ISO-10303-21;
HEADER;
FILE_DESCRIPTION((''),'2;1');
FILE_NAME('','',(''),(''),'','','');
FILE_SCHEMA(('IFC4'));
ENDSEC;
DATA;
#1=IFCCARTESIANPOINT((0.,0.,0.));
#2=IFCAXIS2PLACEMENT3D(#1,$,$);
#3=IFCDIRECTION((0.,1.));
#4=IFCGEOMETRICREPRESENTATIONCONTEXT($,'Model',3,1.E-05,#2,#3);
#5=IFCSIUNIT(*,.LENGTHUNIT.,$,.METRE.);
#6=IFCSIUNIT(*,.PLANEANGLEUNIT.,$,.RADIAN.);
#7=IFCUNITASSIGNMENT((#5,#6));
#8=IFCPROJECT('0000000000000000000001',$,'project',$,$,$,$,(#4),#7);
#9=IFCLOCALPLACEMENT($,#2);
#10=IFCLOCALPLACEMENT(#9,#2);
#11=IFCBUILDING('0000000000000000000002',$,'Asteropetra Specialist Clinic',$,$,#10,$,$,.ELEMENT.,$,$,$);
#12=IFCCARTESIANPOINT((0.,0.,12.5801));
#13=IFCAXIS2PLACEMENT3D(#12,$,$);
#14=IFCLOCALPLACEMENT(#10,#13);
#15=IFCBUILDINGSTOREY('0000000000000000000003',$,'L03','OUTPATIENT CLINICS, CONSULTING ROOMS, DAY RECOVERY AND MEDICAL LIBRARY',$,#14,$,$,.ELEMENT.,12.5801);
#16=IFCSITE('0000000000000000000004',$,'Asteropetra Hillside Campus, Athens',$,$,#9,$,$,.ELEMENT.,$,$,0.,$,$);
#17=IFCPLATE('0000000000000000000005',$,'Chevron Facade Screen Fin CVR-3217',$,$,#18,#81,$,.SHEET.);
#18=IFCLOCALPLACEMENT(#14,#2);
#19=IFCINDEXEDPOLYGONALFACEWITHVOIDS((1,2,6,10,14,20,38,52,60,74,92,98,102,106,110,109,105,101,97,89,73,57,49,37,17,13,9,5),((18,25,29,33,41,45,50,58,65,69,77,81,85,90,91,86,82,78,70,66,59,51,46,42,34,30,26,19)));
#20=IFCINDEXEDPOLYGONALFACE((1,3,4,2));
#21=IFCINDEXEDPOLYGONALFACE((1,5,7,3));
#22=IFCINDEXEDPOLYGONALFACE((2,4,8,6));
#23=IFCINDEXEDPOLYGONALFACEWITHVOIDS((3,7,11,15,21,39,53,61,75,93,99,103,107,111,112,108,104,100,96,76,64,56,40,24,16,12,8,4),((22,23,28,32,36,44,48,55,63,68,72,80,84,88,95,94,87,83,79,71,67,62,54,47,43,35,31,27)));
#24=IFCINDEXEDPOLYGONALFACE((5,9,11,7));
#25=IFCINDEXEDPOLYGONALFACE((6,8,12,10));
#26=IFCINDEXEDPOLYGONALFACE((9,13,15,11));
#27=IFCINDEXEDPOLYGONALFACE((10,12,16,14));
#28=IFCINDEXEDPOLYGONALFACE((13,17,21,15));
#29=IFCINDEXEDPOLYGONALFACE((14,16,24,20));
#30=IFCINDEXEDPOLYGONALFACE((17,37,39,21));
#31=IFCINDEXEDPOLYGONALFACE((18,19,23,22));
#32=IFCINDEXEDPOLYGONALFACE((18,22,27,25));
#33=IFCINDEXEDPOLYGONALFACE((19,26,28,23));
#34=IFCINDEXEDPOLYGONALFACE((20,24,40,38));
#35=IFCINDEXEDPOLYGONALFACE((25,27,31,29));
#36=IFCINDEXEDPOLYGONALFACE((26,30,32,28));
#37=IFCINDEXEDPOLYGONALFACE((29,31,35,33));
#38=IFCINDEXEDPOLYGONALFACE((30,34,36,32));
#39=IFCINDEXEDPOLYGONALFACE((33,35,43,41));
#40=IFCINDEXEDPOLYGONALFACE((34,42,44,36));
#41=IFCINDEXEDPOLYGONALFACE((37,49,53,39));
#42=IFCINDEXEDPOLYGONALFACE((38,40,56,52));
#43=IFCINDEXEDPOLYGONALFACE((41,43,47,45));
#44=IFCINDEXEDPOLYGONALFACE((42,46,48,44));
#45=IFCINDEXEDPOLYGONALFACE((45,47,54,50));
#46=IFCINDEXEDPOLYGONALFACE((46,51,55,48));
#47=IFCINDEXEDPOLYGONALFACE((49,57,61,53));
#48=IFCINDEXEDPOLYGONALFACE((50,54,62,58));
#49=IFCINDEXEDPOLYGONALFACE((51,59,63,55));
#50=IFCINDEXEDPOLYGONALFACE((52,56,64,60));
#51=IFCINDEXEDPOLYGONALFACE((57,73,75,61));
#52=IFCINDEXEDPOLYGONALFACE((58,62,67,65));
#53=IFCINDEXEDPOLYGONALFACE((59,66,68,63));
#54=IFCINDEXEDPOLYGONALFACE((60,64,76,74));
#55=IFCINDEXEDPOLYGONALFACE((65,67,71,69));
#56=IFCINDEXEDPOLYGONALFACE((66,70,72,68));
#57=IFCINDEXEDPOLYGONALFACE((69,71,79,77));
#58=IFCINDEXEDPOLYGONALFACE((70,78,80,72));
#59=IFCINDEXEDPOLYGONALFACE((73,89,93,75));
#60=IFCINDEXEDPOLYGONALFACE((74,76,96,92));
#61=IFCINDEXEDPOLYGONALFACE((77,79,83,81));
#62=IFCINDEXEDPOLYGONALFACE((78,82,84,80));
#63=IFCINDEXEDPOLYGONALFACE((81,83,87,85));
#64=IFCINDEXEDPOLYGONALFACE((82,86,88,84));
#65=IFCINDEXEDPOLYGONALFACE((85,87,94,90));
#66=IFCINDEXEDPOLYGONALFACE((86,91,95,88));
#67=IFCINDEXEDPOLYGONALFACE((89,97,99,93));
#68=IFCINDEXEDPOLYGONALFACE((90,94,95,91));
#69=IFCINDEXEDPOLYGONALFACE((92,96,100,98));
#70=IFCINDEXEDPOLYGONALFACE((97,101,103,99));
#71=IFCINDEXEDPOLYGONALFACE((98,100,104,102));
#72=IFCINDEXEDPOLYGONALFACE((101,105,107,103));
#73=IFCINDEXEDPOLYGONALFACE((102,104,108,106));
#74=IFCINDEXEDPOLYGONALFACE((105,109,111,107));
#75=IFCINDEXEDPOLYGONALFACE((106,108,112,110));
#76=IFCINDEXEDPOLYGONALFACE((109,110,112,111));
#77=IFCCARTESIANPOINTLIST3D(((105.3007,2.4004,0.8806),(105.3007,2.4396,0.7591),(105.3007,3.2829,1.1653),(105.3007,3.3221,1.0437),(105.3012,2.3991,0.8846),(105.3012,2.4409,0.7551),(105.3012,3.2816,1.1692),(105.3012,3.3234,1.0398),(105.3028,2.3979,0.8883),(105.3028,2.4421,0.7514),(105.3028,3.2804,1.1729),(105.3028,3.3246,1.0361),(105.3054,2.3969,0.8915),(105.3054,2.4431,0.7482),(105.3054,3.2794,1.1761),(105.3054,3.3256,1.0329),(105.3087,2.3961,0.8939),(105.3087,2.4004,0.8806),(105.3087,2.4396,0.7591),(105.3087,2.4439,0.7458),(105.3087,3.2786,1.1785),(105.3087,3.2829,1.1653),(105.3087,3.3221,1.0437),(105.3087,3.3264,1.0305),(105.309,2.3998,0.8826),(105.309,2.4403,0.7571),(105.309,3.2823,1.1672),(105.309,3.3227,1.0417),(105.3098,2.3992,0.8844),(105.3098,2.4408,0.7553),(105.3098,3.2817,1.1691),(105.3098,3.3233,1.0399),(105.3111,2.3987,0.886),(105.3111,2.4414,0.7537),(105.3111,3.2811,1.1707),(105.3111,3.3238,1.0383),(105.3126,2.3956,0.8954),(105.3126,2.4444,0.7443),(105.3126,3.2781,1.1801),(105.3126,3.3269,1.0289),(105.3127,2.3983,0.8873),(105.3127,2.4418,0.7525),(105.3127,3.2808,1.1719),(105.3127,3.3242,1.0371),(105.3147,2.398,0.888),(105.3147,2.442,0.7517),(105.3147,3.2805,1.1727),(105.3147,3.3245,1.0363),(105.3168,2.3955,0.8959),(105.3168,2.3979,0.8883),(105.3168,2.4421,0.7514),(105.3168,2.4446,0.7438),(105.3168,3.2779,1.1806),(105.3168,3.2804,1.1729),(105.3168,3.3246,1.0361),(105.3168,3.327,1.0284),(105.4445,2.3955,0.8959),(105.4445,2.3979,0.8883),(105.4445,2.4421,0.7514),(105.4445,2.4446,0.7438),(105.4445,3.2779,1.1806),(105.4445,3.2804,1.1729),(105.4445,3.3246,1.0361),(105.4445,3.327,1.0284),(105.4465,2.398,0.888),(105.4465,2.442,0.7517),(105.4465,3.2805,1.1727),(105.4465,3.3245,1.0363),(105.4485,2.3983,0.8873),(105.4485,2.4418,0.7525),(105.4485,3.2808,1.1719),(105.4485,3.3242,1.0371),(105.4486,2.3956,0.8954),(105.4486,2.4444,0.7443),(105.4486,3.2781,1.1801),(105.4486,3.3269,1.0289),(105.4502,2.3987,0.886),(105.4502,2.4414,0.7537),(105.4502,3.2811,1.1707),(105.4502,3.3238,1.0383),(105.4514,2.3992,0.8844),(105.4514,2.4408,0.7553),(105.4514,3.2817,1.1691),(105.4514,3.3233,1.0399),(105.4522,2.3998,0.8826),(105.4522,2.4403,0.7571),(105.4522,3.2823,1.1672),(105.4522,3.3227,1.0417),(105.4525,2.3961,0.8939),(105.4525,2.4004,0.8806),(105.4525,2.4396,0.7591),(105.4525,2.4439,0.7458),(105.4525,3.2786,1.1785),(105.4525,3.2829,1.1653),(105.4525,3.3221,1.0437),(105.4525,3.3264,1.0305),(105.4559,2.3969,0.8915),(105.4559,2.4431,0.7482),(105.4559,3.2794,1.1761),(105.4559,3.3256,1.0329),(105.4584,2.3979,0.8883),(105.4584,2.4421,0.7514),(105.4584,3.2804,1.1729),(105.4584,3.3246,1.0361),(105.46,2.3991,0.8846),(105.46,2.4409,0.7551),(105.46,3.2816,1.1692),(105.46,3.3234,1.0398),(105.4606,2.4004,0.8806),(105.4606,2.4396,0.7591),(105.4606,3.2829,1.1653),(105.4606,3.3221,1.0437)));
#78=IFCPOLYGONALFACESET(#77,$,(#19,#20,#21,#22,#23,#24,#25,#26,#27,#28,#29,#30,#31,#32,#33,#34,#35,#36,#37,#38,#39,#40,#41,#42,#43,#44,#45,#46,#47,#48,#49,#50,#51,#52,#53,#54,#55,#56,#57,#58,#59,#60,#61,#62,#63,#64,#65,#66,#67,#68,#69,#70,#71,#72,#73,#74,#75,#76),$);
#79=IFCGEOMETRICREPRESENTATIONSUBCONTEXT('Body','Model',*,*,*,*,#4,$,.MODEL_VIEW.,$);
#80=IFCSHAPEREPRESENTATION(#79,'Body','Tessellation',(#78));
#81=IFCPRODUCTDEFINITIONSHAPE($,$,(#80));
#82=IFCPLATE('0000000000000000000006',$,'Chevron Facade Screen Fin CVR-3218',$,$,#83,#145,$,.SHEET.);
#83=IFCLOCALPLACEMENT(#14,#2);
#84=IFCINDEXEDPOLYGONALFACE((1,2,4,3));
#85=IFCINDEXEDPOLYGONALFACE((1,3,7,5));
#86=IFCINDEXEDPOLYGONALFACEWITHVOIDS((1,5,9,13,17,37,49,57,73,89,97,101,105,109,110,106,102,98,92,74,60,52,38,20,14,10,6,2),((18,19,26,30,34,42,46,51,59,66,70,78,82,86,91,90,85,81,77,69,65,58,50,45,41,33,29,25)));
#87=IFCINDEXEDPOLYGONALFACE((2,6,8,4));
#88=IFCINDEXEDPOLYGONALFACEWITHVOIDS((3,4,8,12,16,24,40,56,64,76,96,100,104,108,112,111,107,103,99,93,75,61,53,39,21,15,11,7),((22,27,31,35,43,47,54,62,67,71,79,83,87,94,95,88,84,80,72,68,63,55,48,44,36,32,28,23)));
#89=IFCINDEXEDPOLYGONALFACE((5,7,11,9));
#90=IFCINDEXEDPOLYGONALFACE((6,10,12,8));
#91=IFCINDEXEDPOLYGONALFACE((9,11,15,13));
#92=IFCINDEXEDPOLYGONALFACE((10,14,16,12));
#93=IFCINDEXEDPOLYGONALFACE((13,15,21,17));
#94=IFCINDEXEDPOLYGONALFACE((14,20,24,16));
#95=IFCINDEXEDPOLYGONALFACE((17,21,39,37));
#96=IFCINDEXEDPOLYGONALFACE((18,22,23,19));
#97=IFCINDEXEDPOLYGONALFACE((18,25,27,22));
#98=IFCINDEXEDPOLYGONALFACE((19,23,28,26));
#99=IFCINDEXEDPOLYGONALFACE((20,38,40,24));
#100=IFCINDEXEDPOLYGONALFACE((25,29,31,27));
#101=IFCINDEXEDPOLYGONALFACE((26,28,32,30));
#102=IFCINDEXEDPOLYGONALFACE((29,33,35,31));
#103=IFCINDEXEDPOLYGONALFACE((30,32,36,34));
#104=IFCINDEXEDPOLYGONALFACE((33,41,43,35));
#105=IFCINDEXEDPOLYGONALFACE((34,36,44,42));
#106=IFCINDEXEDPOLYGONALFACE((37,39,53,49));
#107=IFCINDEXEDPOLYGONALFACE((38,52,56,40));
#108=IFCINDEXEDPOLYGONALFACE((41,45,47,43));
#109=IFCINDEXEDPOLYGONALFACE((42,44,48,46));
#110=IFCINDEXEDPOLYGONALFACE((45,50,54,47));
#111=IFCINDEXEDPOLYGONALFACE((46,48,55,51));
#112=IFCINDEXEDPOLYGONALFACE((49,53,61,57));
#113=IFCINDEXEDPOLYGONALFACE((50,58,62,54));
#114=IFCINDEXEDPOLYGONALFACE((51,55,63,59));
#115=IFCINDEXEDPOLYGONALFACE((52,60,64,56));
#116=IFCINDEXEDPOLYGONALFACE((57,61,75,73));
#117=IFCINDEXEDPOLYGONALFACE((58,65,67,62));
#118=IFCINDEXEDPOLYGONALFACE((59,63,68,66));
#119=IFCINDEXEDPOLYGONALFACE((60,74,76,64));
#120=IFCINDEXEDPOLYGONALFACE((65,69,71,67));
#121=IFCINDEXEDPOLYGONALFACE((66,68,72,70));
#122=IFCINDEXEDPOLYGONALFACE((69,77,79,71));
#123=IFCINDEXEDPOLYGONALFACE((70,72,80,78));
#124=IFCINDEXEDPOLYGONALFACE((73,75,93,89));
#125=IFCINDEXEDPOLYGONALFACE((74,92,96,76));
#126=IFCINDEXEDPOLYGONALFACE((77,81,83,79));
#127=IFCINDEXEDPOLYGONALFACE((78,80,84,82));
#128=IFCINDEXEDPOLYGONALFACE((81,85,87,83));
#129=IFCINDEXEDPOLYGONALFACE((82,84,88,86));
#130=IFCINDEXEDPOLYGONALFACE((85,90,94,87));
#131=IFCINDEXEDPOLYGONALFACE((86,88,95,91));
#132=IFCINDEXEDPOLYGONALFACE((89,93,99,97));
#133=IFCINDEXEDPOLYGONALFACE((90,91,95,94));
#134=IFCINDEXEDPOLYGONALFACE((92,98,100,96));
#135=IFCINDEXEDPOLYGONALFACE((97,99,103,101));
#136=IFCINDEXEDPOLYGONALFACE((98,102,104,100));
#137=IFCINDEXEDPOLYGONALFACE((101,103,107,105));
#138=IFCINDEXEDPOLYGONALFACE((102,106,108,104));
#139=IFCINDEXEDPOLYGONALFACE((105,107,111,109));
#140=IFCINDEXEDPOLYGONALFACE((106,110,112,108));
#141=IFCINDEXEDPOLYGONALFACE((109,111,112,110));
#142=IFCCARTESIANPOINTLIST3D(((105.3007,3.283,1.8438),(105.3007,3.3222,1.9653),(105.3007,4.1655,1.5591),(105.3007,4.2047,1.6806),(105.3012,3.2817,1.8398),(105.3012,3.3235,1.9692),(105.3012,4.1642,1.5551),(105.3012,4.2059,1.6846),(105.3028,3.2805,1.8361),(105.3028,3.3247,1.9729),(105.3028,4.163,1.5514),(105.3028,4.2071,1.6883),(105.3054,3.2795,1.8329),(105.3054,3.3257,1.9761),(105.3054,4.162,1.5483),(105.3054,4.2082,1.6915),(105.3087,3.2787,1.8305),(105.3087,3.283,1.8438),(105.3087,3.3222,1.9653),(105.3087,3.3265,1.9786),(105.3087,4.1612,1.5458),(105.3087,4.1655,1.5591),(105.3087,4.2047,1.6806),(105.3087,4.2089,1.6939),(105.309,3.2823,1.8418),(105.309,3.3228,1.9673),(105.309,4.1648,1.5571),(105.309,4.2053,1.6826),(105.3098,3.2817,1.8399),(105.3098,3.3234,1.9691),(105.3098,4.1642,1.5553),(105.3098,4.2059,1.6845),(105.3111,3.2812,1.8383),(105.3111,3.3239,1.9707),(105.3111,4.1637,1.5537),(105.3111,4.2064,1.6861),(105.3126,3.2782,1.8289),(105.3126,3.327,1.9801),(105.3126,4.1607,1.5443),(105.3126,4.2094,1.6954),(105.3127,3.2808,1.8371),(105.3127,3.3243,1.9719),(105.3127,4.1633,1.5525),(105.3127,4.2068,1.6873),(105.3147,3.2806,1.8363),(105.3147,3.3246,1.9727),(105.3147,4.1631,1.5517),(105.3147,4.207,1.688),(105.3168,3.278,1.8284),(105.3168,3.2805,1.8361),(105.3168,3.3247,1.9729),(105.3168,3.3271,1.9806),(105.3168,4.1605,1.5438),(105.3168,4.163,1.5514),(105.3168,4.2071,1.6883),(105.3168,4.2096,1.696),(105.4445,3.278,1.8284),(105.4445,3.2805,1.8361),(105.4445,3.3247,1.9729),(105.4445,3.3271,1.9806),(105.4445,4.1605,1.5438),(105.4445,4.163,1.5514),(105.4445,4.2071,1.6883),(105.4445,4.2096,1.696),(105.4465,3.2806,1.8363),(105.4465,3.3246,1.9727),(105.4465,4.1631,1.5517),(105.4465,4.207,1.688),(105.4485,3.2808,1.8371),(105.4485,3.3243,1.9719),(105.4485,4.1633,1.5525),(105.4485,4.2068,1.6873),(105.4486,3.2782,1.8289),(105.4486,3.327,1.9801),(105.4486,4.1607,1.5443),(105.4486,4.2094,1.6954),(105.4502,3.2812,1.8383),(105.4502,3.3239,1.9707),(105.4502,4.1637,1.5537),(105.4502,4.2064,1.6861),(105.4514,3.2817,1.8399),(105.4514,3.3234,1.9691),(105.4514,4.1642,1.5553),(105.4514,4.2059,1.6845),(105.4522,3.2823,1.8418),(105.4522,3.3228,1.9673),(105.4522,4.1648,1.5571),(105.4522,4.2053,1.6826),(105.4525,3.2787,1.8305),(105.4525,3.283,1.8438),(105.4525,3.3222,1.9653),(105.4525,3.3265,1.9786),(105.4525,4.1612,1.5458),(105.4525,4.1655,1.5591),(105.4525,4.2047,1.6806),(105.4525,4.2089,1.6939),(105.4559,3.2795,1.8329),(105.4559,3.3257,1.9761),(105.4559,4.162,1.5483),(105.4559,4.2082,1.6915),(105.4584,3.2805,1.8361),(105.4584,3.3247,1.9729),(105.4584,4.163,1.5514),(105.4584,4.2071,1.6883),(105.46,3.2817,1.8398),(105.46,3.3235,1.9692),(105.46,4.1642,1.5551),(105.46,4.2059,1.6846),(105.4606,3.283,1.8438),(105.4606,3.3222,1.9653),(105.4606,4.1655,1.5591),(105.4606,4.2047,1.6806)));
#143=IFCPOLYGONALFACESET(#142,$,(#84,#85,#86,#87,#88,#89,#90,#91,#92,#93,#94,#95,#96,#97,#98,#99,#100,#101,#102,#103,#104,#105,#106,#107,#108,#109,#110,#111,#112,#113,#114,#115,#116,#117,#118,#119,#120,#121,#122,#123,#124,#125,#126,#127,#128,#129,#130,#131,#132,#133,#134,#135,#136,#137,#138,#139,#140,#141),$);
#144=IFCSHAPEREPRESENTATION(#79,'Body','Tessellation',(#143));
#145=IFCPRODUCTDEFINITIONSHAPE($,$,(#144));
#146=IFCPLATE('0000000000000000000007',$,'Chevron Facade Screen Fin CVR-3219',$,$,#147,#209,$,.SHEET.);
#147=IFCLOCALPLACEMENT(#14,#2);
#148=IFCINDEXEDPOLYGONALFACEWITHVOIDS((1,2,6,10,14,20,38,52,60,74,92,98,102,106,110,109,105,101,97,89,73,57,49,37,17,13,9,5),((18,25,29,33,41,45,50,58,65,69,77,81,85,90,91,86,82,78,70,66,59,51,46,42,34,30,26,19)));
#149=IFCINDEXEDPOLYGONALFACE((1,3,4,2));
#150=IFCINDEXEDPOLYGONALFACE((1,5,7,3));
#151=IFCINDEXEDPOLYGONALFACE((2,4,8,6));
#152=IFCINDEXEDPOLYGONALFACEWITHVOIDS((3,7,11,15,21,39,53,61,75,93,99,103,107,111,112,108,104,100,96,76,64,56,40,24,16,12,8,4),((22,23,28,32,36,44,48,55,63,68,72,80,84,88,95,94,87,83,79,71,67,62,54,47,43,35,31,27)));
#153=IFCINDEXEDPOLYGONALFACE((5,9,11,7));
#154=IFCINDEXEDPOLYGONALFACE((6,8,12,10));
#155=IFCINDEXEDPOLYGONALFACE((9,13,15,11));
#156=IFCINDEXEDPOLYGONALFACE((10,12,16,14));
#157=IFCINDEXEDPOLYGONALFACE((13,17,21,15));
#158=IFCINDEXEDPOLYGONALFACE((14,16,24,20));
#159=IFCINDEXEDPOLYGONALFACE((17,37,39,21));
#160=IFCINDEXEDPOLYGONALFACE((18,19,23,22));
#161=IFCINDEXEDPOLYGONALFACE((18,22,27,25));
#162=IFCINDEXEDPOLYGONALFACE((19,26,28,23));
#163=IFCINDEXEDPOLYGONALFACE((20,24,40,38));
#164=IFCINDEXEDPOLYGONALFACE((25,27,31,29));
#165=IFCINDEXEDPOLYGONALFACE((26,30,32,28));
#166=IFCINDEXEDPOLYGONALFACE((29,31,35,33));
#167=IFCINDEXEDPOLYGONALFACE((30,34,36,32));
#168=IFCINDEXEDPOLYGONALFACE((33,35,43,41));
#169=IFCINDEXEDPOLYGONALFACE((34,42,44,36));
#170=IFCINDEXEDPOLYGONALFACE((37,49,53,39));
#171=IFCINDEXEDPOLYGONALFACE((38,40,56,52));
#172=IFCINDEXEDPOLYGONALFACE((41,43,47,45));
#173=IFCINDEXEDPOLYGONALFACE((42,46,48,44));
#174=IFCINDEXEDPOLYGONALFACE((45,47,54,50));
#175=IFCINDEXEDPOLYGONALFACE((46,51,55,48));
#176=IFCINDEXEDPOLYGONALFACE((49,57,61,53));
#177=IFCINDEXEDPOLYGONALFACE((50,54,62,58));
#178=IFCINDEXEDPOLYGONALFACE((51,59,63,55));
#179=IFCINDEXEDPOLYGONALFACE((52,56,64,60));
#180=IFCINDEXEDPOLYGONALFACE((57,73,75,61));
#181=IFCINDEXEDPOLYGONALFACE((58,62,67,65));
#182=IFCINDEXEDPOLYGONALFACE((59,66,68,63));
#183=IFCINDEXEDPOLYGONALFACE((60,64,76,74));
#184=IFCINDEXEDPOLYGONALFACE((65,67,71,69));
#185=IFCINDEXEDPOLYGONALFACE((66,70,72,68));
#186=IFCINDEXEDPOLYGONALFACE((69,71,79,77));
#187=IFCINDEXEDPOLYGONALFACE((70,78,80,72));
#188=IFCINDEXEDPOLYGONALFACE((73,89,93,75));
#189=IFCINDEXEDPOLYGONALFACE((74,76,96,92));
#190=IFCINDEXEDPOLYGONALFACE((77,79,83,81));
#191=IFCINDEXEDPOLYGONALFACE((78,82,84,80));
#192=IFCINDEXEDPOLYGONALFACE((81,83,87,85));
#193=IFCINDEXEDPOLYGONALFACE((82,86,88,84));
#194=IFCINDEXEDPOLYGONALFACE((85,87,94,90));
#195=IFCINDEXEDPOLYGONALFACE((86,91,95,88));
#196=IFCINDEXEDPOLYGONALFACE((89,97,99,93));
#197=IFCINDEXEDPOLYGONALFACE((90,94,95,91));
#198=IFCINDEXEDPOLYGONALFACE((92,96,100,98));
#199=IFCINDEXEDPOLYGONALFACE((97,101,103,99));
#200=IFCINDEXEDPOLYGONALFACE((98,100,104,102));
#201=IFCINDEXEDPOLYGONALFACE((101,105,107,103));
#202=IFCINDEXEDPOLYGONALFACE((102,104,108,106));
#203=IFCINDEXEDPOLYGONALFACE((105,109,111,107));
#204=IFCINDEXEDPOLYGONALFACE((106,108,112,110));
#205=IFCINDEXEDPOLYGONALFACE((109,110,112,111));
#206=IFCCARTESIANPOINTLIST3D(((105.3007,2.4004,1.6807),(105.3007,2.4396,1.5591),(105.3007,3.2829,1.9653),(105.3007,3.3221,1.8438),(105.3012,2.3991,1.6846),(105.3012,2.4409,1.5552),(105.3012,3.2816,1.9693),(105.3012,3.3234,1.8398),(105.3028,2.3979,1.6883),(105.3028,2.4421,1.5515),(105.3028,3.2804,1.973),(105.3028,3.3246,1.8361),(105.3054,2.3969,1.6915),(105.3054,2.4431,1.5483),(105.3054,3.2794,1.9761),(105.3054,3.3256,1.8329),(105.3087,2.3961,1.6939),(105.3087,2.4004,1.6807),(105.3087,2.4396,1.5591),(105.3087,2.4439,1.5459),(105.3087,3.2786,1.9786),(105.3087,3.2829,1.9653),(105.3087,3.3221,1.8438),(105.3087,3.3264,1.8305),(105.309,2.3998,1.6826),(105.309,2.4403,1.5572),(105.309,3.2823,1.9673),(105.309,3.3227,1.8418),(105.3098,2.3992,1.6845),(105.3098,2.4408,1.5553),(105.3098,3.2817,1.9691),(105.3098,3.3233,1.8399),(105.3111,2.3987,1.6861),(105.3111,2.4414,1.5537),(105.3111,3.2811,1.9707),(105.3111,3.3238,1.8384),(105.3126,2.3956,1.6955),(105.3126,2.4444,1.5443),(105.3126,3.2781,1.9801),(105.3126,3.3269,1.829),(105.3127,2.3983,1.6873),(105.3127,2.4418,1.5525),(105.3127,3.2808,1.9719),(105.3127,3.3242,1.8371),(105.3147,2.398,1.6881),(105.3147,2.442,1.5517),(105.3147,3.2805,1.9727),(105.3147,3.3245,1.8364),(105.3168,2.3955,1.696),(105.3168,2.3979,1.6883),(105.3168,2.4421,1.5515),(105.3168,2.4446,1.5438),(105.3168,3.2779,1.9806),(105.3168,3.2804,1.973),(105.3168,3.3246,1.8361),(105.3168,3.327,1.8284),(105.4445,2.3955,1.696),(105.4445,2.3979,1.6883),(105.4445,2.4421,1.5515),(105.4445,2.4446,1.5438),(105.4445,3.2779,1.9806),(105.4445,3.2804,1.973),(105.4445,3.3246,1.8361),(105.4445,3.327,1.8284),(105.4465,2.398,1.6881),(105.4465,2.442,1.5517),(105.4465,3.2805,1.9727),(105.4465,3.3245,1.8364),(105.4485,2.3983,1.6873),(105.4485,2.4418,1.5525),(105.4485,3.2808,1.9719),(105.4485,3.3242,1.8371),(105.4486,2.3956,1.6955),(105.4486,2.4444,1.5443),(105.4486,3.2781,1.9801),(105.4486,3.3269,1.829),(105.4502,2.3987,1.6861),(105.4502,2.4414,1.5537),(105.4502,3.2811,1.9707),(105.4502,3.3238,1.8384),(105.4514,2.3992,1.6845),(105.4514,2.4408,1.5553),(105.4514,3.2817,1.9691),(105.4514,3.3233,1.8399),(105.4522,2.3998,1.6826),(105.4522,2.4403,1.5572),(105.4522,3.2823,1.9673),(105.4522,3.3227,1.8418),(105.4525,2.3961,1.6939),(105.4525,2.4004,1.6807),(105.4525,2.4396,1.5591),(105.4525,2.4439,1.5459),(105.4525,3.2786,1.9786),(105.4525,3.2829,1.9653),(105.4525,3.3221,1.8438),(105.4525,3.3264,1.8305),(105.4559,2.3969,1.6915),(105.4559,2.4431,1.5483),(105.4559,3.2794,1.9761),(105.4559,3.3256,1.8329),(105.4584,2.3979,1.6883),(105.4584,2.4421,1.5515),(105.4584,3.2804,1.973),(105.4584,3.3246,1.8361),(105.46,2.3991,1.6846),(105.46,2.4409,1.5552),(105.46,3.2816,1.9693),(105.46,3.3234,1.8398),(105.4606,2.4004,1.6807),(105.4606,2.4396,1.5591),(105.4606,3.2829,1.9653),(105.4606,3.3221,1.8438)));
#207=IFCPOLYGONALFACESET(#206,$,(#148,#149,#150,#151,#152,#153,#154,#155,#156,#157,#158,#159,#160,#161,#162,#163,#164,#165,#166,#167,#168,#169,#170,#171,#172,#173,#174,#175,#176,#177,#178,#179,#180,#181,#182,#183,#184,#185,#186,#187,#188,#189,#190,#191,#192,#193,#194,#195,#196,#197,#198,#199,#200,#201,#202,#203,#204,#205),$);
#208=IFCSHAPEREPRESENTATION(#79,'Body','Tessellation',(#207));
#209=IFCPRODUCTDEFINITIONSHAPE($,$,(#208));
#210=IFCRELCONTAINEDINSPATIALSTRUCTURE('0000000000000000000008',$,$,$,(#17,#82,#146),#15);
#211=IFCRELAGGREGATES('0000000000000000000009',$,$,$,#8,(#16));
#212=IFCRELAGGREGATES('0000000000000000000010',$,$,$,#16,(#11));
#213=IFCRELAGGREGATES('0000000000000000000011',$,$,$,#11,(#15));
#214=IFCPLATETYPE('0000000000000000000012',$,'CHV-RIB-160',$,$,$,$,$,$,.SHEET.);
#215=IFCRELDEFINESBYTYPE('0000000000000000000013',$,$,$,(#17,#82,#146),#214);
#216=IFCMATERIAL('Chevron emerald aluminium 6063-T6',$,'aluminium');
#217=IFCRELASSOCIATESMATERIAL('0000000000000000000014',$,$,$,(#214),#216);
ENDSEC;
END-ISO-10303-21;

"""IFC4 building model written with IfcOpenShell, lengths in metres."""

from ifc_helpers import new_model, si_unit, direction, frame, origin, origin_2d, place, context, subcontext, project, spatial, hollow_rectangle, extrude, material, material_profile, profile_set, type_object, element, save


model = new_model("IFC4")

# Units and contexts
model_context = context("Model", 3, precision=1e-05, world=origin(), true_north=direction((0.0, 1.0)))
body_context = subcontext(model_context, "Body", "Model", "MODEL_VIEW")
ifc_project = project(units=[si_unit("LENGTHUNIT", "METRE"), si_unit("PLANEANGLEUNIT", "RADIAN")], contexts=[model_context])

# Site, building, storey
site_placement = place(None, origin())
site = spatial("IfcSite", under=ifc_project, at=site_placement, Name="Asteropetra Hillside Campus, Athens", CompositionType="ELEMENT", RefElevation=0.0)
building_placement = place(site_placement, origin())
building = spatial("IfcBuilding", under=site, at=building_placement, Name="Asteropetra Specialist Clinic", CompositionType="ELEMENT")
storey_placement = place(building_placement, frame((0.0, 0.0, 12.5801)))
storey = spatial("IfcBuildingStorey", under=building, at=storey_placement, Name="L03", Description="OUTPATIENT CLINICS, CONSULTING ROOMS, DAY RECOVERY AND MEDICAL LIBRARY", CompositionType="ELEMENT", Elevation=12.5801)

# Plates
ifc_material_1 = material(Name="Chevron emerald aluminium 6063-T6", Category="aluminium")
ifc_material_profile = material_profile(ifc_material_1, hollow_rectangle(XDim=0.1599, YDim=0.1599, WallThickness=0.0081, InnerFilletRadius=0.0081, OuterFilletRadius=0.0161, at=origin_2d()), Name="SHS 160x160x8.0")
ifc_profile_set = profile_set([ifc_material_profile], Name="Chevron emerald aluminium 6063-T6")
plate_type_1 = type_object("IfcPlateType", Name="CHV-RIB-160", PredefinedType="SHEET", material=ifc_profile_set)
for number, where, z_axis, x_axis, name in (
    (1, (105.3806, 3.3025, 1.1045), (0.0, -0.951719, -0.306972), (1.0, 0.0, 0.0), "Chevron Facade Screen Fin CVR-3217"),
    (2, (105.3806, 4.1851, 1.6199), (0.0, -0.951719, 0.306972), (1.0, 0.0, 0.0), "Chevron Facade Screen Fin CVR-3218"),
    (3, (105.3806, 3.3025, 1.9045), (0.0, -0.951719, -0.306972), (1.0, 0.0, 0.0), "Chevron Facade Screen Fin CVR-3219"),
):
    element("IfcPlate", number, at=place(storey_placement, frame(where, z_axis=z_axis, x_axis=x_axis)), inside=storey, type_object=plate_type_1, Name=name, PredefinedType="SHEET", context=body_context, shape_type="SweptSolid", body=[
        extrude(hollow_rectangle(XDim=0.1599, YDim=0.1599, WallThickness=0.0081, InnerFilletRadius=0.0081, OuterFilletRadius=0.0161, at=origin_2d()), origin(), (0.0, 0.0, 1.0), 0.9272),
    ])

save(model, "model.ifc")
